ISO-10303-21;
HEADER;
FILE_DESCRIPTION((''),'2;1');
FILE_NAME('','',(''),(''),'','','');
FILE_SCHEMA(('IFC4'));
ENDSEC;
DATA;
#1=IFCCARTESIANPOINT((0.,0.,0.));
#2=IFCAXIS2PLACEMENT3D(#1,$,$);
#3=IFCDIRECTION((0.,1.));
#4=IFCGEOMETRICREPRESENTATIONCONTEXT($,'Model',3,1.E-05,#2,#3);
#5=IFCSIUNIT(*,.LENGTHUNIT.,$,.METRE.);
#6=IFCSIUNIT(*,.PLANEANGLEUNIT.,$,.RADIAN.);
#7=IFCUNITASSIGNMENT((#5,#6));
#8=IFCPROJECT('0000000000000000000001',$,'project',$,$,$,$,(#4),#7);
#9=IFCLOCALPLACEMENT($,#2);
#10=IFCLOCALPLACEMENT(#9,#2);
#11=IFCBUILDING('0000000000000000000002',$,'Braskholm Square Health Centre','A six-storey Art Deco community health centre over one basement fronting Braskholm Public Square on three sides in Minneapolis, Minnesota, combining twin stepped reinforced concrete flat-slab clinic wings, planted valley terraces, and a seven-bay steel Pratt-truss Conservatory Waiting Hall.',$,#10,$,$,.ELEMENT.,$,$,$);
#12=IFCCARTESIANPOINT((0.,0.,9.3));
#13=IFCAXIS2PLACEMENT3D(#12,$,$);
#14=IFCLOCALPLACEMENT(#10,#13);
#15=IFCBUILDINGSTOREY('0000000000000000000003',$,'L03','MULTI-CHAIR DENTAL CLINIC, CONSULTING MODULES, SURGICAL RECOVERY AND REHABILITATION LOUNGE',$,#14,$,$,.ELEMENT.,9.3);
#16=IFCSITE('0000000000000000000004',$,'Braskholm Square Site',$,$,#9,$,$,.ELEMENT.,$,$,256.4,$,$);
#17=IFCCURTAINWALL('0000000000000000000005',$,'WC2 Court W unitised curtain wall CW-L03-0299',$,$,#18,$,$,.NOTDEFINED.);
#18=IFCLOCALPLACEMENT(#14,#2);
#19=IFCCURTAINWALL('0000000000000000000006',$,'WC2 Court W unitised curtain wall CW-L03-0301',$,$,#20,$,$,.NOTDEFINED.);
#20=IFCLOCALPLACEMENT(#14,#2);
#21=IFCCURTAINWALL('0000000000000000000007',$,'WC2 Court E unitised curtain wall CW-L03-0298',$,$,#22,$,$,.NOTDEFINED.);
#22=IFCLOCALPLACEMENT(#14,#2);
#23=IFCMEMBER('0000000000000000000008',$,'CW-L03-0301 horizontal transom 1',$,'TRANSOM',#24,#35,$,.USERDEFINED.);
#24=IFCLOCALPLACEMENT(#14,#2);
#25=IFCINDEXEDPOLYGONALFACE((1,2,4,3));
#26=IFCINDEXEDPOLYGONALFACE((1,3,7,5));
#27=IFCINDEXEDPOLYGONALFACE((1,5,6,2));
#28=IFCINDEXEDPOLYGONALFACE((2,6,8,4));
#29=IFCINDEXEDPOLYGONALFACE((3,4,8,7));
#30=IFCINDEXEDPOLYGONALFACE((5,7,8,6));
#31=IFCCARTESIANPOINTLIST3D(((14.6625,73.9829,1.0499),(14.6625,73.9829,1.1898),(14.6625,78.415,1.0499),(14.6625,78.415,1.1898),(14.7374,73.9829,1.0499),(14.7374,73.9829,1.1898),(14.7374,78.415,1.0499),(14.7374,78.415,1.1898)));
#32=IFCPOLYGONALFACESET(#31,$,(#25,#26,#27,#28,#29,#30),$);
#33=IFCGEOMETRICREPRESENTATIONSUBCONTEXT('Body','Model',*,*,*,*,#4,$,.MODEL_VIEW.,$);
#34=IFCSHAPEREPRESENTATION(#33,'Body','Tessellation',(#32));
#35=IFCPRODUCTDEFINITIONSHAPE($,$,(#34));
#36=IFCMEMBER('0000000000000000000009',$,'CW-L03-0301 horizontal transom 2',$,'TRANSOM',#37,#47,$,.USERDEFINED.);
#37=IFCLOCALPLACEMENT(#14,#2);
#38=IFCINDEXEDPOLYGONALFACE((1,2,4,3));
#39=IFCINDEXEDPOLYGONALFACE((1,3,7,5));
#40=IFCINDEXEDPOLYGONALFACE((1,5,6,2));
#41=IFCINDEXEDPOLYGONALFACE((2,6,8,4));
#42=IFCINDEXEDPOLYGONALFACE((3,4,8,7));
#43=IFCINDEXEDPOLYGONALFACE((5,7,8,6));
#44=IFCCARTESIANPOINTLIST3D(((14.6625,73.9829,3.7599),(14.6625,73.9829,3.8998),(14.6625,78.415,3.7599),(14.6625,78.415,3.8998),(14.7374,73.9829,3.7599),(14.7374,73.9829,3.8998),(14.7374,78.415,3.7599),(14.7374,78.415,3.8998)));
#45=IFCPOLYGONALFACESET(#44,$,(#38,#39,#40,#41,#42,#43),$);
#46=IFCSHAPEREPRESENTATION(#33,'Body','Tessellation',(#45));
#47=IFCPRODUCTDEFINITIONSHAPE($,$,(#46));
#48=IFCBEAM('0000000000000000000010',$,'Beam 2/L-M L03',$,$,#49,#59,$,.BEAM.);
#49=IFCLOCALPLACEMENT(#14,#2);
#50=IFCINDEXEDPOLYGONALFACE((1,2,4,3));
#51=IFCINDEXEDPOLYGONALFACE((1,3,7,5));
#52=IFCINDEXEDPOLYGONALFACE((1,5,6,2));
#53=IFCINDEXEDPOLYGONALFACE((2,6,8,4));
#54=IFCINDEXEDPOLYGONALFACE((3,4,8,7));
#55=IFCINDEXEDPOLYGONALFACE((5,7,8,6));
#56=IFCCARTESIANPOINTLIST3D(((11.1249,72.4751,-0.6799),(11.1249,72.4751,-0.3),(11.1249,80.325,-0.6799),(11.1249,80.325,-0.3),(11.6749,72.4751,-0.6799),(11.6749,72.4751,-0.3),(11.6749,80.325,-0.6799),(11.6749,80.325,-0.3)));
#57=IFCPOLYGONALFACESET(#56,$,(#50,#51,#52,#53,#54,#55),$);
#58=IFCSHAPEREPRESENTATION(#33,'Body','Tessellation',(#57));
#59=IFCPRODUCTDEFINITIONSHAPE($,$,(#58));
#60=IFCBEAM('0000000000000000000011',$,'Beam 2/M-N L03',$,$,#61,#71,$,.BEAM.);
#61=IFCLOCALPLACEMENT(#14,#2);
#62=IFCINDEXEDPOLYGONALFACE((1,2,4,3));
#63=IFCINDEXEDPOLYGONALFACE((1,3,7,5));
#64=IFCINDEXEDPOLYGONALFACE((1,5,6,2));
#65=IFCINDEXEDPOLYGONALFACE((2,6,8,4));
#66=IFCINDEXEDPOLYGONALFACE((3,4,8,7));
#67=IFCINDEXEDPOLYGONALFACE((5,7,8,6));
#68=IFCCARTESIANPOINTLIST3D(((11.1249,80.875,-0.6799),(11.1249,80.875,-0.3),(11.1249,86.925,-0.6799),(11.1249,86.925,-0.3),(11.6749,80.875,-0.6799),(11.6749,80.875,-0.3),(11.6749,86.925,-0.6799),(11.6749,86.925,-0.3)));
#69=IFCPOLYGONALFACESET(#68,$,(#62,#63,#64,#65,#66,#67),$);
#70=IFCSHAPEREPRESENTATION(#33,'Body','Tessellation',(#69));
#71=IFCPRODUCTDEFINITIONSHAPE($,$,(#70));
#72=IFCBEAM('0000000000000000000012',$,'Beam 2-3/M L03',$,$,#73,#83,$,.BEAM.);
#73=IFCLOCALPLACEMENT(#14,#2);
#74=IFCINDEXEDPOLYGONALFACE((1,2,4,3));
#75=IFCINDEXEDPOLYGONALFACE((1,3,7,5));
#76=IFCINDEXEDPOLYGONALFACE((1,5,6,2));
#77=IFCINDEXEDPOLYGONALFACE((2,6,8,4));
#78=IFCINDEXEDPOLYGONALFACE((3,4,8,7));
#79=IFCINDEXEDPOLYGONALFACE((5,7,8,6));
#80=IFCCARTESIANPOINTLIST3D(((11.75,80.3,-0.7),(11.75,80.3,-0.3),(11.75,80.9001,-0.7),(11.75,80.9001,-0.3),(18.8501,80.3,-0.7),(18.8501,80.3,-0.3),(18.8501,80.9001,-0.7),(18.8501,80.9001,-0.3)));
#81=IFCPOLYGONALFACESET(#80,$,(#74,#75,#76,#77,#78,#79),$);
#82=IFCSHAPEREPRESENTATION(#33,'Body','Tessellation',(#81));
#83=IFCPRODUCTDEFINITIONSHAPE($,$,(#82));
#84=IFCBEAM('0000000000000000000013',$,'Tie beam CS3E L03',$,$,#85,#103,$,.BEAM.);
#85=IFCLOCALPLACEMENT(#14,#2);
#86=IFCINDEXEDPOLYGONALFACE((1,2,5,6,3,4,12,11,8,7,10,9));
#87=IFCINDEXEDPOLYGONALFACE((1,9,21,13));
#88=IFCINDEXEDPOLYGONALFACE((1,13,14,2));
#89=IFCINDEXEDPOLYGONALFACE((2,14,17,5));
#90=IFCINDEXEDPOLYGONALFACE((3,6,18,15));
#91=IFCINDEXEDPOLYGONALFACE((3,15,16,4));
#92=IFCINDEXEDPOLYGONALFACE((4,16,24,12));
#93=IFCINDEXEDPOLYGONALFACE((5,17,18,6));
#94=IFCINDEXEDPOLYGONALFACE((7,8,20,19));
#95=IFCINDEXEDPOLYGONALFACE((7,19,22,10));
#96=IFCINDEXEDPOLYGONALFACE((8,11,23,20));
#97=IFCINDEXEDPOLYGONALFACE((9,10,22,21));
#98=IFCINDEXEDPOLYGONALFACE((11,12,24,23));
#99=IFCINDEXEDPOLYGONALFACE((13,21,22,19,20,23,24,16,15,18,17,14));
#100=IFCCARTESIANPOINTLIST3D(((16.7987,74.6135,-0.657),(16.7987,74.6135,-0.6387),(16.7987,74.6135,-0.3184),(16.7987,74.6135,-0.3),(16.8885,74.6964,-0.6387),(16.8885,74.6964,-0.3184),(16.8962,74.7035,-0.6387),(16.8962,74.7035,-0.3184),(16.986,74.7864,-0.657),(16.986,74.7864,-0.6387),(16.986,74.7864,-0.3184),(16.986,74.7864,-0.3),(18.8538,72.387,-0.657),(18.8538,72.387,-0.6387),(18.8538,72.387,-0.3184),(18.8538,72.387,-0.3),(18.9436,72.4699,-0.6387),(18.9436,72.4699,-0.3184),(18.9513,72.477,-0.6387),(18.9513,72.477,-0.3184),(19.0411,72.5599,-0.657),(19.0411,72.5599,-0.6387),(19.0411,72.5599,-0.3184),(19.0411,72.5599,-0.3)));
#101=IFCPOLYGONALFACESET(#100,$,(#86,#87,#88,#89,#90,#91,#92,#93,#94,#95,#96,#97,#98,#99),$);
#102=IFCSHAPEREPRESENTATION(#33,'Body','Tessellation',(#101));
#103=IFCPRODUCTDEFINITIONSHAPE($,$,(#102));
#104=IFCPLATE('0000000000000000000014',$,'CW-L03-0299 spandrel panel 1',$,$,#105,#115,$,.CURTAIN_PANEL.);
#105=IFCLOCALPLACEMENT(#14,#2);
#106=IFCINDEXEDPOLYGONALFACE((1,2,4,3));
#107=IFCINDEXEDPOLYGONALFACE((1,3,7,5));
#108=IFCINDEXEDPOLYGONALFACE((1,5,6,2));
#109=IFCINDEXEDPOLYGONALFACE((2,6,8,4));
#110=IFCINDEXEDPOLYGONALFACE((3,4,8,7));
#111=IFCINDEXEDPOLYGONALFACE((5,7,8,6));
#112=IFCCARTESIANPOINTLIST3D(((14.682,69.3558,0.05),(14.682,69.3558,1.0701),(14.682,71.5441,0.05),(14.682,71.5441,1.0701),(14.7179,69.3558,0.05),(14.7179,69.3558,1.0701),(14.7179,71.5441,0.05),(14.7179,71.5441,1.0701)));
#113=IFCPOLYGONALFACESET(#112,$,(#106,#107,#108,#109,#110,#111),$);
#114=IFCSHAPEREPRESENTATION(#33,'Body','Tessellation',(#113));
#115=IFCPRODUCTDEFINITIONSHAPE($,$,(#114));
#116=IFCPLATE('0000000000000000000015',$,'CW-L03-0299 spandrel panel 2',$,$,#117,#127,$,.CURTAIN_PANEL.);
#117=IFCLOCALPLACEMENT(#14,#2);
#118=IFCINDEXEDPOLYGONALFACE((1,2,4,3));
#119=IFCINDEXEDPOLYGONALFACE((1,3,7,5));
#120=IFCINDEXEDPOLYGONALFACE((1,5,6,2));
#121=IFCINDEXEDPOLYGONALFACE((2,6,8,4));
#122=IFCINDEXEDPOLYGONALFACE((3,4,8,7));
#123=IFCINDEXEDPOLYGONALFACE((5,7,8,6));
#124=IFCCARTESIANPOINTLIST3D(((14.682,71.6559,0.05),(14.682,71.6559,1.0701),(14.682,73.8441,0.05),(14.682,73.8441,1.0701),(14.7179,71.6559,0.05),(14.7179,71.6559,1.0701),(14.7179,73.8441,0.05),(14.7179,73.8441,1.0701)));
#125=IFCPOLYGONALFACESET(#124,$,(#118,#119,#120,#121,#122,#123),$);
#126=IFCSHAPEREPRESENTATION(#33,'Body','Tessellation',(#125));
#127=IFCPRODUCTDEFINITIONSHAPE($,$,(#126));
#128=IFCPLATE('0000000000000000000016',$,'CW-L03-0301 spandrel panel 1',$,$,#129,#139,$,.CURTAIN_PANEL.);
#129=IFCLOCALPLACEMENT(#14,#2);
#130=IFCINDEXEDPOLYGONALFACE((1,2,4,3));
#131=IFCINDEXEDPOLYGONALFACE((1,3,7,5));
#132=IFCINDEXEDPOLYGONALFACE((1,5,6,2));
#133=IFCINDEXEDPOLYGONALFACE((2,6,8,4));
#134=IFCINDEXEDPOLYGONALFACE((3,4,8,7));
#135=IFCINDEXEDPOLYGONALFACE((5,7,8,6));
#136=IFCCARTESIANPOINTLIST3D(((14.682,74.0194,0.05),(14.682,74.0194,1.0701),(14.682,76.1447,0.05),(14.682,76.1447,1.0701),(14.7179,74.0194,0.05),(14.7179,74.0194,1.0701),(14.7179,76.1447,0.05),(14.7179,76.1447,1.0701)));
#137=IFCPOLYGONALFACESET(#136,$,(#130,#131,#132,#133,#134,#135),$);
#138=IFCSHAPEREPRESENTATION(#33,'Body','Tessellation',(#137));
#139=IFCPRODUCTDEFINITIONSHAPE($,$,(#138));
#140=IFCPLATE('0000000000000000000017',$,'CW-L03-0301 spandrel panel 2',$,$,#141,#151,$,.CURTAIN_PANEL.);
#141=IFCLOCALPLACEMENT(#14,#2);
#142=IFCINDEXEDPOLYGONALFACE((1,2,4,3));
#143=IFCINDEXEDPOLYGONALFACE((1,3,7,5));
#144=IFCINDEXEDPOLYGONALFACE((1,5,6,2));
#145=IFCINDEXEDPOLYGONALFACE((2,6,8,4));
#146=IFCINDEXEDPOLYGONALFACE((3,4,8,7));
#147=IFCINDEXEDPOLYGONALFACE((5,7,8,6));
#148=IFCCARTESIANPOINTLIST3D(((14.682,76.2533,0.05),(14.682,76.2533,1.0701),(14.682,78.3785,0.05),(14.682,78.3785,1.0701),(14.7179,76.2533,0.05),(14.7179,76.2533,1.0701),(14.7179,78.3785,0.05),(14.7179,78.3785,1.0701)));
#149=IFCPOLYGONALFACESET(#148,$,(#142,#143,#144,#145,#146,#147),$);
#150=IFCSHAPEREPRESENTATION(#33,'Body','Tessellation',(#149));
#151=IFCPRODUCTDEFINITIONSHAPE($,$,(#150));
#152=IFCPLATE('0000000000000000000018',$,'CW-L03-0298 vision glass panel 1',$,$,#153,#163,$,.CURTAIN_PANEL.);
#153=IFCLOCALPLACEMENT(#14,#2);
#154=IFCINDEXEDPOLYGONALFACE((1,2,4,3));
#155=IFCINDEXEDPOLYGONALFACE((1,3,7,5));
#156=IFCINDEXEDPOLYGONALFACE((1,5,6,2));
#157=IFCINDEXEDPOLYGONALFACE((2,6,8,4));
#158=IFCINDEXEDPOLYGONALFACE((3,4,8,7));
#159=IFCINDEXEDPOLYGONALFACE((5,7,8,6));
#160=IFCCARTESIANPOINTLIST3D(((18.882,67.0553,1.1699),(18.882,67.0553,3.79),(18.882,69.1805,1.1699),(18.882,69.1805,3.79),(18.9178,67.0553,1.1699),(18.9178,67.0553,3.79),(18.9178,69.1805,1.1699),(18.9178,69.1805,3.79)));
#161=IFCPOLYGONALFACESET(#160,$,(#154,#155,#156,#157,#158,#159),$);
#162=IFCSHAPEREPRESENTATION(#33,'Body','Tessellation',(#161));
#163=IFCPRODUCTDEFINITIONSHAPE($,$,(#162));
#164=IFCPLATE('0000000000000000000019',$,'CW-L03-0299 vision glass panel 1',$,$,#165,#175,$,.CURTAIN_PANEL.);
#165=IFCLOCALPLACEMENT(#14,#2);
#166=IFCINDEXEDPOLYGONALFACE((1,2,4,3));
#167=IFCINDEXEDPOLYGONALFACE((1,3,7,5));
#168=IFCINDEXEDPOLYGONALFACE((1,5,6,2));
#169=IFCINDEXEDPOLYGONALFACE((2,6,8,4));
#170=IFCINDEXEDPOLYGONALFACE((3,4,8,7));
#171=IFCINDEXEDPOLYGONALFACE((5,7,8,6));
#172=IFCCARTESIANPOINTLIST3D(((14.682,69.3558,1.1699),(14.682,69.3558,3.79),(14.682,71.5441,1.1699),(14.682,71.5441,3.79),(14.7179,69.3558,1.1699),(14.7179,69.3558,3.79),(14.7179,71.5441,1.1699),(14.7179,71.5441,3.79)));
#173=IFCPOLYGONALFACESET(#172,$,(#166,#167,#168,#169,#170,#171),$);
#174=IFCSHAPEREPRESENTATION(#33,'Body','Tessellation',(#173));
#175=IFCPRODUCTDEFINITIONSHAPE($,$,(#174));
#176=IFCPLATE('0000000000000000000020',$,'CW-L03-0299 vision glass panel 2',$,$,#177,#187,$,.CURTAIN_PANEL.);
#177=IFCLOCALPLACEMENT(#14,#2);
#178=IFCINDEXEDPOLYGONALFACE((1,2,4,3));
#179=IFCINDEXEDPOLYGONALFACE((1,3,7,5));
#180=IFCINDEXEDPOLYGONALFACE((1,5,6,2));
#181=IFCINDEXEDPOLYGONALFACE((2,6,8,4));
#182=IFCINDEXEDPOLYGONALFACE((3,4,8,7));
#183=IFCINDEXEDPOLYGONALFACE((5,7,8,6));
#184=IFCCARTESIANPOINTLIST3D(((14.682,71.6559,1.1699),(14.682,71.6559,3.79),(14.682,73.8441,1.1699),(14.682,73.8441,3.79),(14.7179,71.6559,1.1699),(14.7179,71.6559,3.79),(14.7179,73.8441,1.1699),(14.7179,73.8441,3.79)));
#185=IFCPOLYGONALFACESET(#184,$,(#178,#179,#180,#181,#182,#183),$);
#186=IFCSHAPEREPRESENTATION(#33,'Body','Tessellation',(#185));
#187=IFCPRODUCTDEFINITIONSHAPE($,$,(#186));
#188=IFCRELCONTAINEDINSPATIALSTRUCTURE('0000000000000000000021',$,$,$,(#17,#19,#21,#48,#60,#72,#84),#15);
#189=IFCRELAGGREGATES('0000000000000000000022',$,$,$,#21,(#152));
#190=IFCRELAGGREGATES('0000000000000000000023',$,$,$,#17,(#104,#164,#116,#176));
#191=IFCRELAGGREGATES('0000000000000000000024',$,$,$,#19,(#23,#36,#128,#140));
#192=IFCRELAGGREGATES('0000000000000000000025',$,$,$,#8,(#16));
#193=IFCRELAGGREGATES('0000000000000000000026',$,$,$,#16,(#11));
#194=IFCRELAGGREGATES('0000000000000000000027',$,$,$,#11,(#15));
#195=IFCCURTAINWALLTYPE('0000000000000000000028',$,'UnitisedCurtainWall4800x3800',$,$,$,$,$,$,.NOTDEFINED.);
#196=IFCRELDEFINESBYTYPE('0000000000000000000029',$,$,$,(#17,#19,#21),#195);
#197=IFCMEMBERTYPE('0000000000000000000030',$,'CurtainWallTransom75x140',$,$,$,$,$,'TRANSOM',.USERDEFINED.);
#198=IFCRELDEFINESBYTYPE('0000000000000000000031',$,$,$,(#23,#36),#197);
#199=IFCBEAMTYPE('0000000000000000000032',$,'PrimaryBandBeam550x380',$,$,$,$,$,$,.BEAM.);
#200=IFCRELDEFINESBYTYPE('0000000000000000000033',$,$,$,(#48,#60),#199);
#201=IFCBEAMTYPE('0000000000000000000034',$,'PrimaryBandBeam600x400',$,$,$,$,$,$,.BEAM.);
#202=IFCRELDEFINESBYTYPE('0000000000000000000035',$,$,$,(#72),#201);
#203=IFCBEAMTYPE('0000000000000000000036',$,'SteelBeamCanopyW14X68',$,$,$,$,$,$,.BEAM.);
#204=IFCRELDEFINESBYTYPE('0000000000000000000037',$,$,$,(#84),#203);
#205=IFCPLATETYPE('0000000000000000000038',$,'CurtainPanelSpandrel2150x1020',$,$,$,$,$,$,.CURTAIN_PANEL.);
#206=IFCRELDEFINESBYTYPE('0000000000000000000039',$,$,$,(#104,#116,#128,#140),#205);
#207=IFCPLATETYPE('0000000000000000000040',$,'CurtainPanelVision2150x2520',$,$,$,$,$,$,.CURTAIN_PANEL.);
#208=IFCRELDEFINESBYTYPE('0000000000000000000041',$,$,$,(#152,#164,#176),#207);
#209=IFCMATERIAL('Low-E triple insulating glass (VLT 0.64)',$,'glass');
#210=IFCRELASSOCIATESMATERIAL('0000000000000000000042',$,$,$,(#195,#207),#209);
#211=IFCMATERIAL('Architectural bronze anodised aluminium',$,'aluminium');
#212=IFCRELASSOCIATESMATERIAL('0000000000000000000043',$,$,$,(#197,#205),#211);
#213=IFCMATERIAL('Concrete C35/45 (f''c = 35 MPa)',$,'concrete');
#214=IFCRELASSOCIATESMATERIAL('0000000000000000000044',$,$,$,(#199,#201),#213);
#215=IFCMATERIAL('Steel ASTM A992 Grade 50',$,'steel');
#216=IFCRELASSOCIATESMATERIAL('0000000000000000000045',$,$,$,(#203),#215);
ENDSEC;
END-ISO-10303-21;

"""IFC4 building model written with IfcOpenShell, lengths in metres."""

from ifc_helpers import new_model, si_unit, direction, frame, origin, origin_2d, place, context, subcontext, project, spatial, rectangle, i_section, extrude, material, material_profile, profile_set, type_object, element, aggregate, save


model = new_model("IFC4")

# Units and contexts
model_context = context("Model", 3, precision=1e-05, world=origin(), true_north=direction((0.0, 1.0)))
body_context = subcontext(model_context, "Body", "Model", "MODEL_VIEW")
ifc_project = project(units=[si_unit("LENGTHUNIT", "METRE"), si_unit("PLANEANGLEUNIT", "RADIAN")], contexts=[model_context])

# Site, building, storey
site_placement = place(None, origin())
site = spatial("IfcSite", under=ifc_project, at=site_placement, Name="Braskholm Square Site", CompositionType="ELEMENT", RefElevation=256.4)
building_placement = place(site_placement, origin())
building = spatial("IfcBuilding", under=site, at=building_placement, Name="Braskholm Square Health Centre", Description="A six-storey Art Deco community health centre over one basement fronting Braskholm Public Square on three sides in Minneapolis, Minnesota, combining twin stepped reinforced concrete flat-slab clinic wings, planted valley terraces, and a seven-bay steel Pratt-truss Conservatory Waiting Hall.", CompositionType="ELEMENT")
storey_placement = place(building_placement, frame((0.0, 0.0, 9.3)))
storey = spatial("IfcBuildingStorey", under=building, at=storey_placement, Name="L03", Description="MULTI-CHAIR DENTAL CLINIC, CONSULTING MODULES, SURGICAL RECOVERY AND REHABILITATION LOUNGE", CompositionType="ELEMENT", Elevation=9.3)

# Shared definitions
ifc_material_1 = material(Name="Low-E triple insulating glass (VLT 0.64)", Category="glass")
curtain_wall_type = type_object("IfcCurtainWallType", Name="UnitisedCurtainWall4800x3800", PredefinedType="NOTDEFINED", material=ifc_material_1)
ifc_material_2 = material(Name="Architectural bronze anodised aluminium", Category="aluminium")

# Curtain walls
curtain_wall_1_placement = place(storey_placement, origin())
curtain_wall_1 = element("IfcCurtainWall", 1, at=curtain_wall_1_placement, inside=storey, type_object=curtain_wall_type, Name="WC2 Court W unitised curtain wall CW-L03-0299", PredefinedType="NOTDEFINED")
curtain_wall_2_placement = place(storey_placement, origin())
curtain_wall_2 = element("IfcCurtainWall", 2, at=curtain_wall_2_placement, inside=storey, type_object=curtain_wall_type, Name="WC2 Court W unitised curtain wall CW-L03-0301", PredefinedType="NOTDEFINED")
curtain_wall_3_placement = place(storey_placement, origin())
curtain_wall_3 = element("IfcCurtainWall", 3, at=curtain_wall_3_placement, inside=storey, type_object=curtain_wall_type, Name="WC2 Court E unitised curtain wall CW-L03-0298", PredefinedType="NOTDEFINED")

# Members
ifc_material_profile_1 = material_profile(ifc_material_2, rectangle(XDim=0.075, YDim=0.1399, at=origin_2d()), Name="ALU-75X140")
ifc_profile_set_1 = profile_set([ifc_material_profile_1], Name="Architectural bronze anodised aluminium")
member_type_1 = type_object("IfcMemberType", Name="CurtainWallTransom75x140", ElementType="TRANSOM", PredefinedType="USERDEFINED", material=ifc_profile_set_1)
member_1_placement = place(storey_placement, frame((14.7, 73.9829, 1.1199), z_axis=(0.0, 1.0, 0.0), x_axis=(-1.0, 0.0, 0.0)))
member_1 = element("IfcMember", 4, at=member_1_placement, type_object=member_type_1, Name="CW-L03-0301 horizontal transom 1", ObjectType="TRANSOM", PredefinedType="USERDEFINED", context=body_context, shape_type="SweptSolid", body=[
    extrude(rectangle(XDim=0.075, YDim=0.1399, at=origin_2d()), origin(), (0.0, 0.0, 1.0), 4.4321),
])
member_2_placement = place(storey_placement, frame((14.7, 73.9829, 3.8298), z_axis=(0.0, 1.0, 0.0), x_axis=(-1.0, 0.0, 0.0)))
member_2 = element("IfcMember", 5, at=member_2_placement, type_object=member_type_1, Name="CW-L03-0301 horizontal transom 2", ObjectType="TRANSOM", PredefinedType="USERDEFINED", context=body_context, shape_type="SweptSolid", body=[
    extrude(rectangle(XDim=0.075, YDim=0.1399, at=origin_2d()), origin(), (0.0, 0.0, 1.0), 4.4321),
])

# Beams
ifc_material_3 = material(Name="Concrete C35/45 (f'c = 35 MPa)", Category="concrete")
ifc_material_profile_2 = material_profile(ifc_material_3, rectangle(XDim=0.55, YDim=0.3799, at=origin_2d()), Name="RCB-550X380")
ifc_profile_set_2 = profile_set([ifc_material_profile_2], Name="Concrete C35/45 (f'c = 35 MPa)")
beam_type_1 = type_object("IfcBeamType", Name="PrimaryBandBeam550x380", PredefinedType="BEAM", material=ifc_profile_set_2)
beam_1_placement = place(storey_placement, frame((11.3999, 72.4751, -0.49), z_axis=(0.0, 1.0, 0.0), x_axis=(-1.0, 0.0, 0.0)))
element("IfcBeam", 6, at=beam_1_placement, inside=storey, type_object=beam_type_1, Name="Beam 2/L-M L03", PredefinedType="BEAM", context=body_context, shape_type="SweptSolid", body=[
    extrude(rectangle(XDim=0.55, YDim=0.3799, at=origin_2d()), origin(), (0.0, 0.0, 1.0), 7.8499),
])
beam_2_placement = place(storey_placement, frame((11.3999, 80.875, -0.49), z_axis=(0.0, 1.0, 0.0), x_axis=(-1.0, 0.0, 0.0)))
element("IfcBeam", 7, at=beam_2_placement, inside=storey, type_object=beam_type_1, Name="Beam 2/M-N L03", PredefinedType="BEAM", context=body_context, shape_type="SweptSolid", body=[
    extrude(rectangle(XDim=0.55, YDim=0.3799, at=origin_2d()), origin(), (0.0, 0.0, 1.0), 6.05),
])
ifc_material_profile_3 = material_profile(ifc_material_3, rectangle(XDim=0.6001, YDim=0.3999, at=origin_2d()), Name="RCB-600X400")
ifc_profile_set_3 = profile_set([ifc_material_profile_3], Name="Concrete C35/45 (f'c = 35 MPa)")
beam_type_2 = type_object("IfcBeamType", Name="PrimaryBandBeam600x400", PredefinedType="BEAM", material=ifc_profile_set_3)
beam_3_placement = place(storey_placement, frame((11.75, 80.6001, -0.5), z_axis=(1.0, 0.0, 0.0), x_axis=(0.0, 1.0, 0.0)))
element("IfcBeam", 8, at=beam_3_placement, inside=storey, type_object=beam_type_2, Name="Beam 2-3/M L03", PredefinedType="BEAM", context=body_context, shape_type="SweptSolid", body=[
    extrude(rectangle(XDim=0.6001, YDim=0.3999, at=origin_2d()), origin(), (0.0, 0.0, 1.0), 7.1001),
])
ifc_material_4 = material(Name="Steel ASTM A992 Grade 50", Category="steel")
ifc_material_profile_4 = material_profile(ifc_material_4, i_section(OverallWidth=0.2549, OverallDepth=0.3569, WebThickness=0.0105, FlangeThickness=0.0183, at=origin_2d()), Name="W14X68")
ifc_profile_set_4 = profile_set([ifc_material_profile_4], Name="Steel ASTM A992 Grade 50")
beam_type_3 = type_object("IfcBeamType", Name="SteelBeamCanopyW14X68", PredefinedType="BEAM", material=ifc_profile_set_4)
beam_4_placement = place(storey_placement, frame((16.8923, 74.7, -0.4785), z_axis=(0.67826, -0.734822, 0.0), x_axis=(0.734822, 0.67826, 0.0)))
element("IfcBeam", 9, at=beam_4_placement, inside=storey, type_object=beam_type_3, Name="Tie beam CS3E L03", PredefinedType="BEAM", context=body_context, shape_type="SweptSolid", body=[
    extrude(i_section(OverallWidth=0.2549, OverallDepth=0.3569, WebThickness=0.0105, FlangeThickness=0.0183, at=origin_2d()), origin(), (0.0, 0.0, 1.0), 3.03),
])

# Plates
plate_type_1 = type_object("IfcPlateType", Name="CurtainPanelSpandrel2150x1020", PredefinedType="CURTAIN_PANEL", material=ifc_material_2)
plate_1_placement = place(storey_placement, frame((14.7, 70.45, 0.05), z_axis=(0.0, 0.0, 1.0), x_axis=(0.0, 1.0, 0.0)))
plate_1 = element("IfcPlate", 10, at=plate_1_placement, type_object=plate_type_1, Name="CW-L03-0299 spandrel panel 1", PredefinedType="CURTAIN_PANEL", context=body_context, shape_type="SweptSolid", body=[
    extrude(rectangle(XDim=2.1882, YDim=0.0359, at=origin_2d()), origin(), (0.0, 0.0, 1.0), 1.02),
])
plate_2_placement = place(storey_placement, frame((14.7, 72.75, 0.05), z_axis=(0.0, 0.0, 1.0), x_axis=(0.0, 1.0, 0.0)))
plate_2 = element("IfcPlate", 11, at=plate_2_placement, type_object=plate_type_1, Name="CW-L03-0299 spandrel panel 2", PredefinedType="CURTAIN_PANEL", context=body_context, shape_type="SweptSolid", body=[
    extrude(rectangle(XDim=2.1882, YDim=0.0359, at=origin_2d()), origin(), (0.0, 0.0, 1.0), 1.02),
])
plate_3_placement = place(storey_placement, frame((14.7, 75.082, 0.05), z_axis=(0.0, 0.0, 1.0), x_axis=(0.0, 1.0, 0.0)))
plate_3 = element("IfcPlate", 12, at=plate_3_placement, type_object=plate_type_1, Name="CW-L03-0301 spandrel panel 1", PredefinedType="CURTAIN_PANEL", context=body_context, shape_type="SweptSolid", body=[
    extrude(rectangle(XDim=2.1252, YDim=0.0359, at=origin_2d()), origin(), (0.0, 0.0, 1.0), 1.02),
])
plate_4_placement = place(storey_placement, frame((14.7, 77.3159, 0.05), z_axis=(0.0, 0.0, 1.0), x_axis=(0.0, 1.0, 0.0)))
plate_4 = element("IfcPlate", 13, at=plate_4_placement, type_object=plate_type_1, Name="CW-L03-0301 spandrel panel 2", PredefinedType="CURTAIN_PANEL", context=body_context, shape_type="SweptSolid", body=[
    extrude(rectangle(XDim=2.1252, YDim=0.0359, at=origin_2d()), origin(), (0.0, 0.0, 1.0), 1.02),
])
plate_type_2 = type_object("IfcPlateType", Name="CurtainPanelVision2150x2520", PredefinedType="CURTAIN_PANEL", material=ifc_material_1)
plate_5_placement = place(storey_placement, frame((18.8999, 68.1179, 1.1699), z_axis=(0.0, 0.0, 1.0), x_axis=(0.0, -1.0, 0.0)))
plate_5 = element("IfcPlate", 14, at=plate_5_placement, type_object=plate_type_2, Name="CW-L03-0298 vision glass panel 1", PredefinedType="CURTAIN_PANEL", context=body_context, shape_type="SweptSolid", body=[
    extrude(rectangle(XDim=2.1252, YDim=0.0359, at=origin_2d()), origin(), (0.0, 0.0, 1.0), 2.6201),
])
aggregate(curtain_wall_3, [plate_5])
plate_6_placement = place(storey_placement, frame((14.7, 70.45, 1.1699), z_axis=(0.0, 0.0, 1.0), x_axis=(0.0, 1.0, 0.0)))
plate_6 = element("IfcPlate", 15, at=plate_6_placement, type_object=plate_type_2, Name="CW-L03-0299 vision glass panel 1", PredefinedType="CURTAIN_PANEL", context=body_context, shape_type="SweptSolid", body=[
    extrude(rectangle(XDim=2.1882, YDim=0.0359, at=origin_2d()), origin(), (0.0, 0.0, 1.0), 2.6201),
])
plate_7_placement = place(storey_placement, frame((14.7, 72.75, 1.1699), z_axis=(0.0, 0.0, 1.0), x_axis=(0.0, 1.0, 0.0)))
plate_7 = element("IfcPlate", 16, at=plate_7_placement, type_object=plate_type_2, Name="CW-L03-0299 vision glass panel 2", PredefinedType="CURTAIN_PANEL", context=body_context, shape_type="SweptSolid", body=[
    extrude(rectangle(XDim=2.1882, YDim=0.0359, at=origin_2d()), origin(), (0.0, 0.0, 1.0), 2.6201),
])
aggregate(curtain_wall_1, [plate_1, plate_6, plate_2, plate_7])
aggregate(curtain_wall_2, [member_1, member_2, plate_3, plate_4])

save(model, "model.ifc")
